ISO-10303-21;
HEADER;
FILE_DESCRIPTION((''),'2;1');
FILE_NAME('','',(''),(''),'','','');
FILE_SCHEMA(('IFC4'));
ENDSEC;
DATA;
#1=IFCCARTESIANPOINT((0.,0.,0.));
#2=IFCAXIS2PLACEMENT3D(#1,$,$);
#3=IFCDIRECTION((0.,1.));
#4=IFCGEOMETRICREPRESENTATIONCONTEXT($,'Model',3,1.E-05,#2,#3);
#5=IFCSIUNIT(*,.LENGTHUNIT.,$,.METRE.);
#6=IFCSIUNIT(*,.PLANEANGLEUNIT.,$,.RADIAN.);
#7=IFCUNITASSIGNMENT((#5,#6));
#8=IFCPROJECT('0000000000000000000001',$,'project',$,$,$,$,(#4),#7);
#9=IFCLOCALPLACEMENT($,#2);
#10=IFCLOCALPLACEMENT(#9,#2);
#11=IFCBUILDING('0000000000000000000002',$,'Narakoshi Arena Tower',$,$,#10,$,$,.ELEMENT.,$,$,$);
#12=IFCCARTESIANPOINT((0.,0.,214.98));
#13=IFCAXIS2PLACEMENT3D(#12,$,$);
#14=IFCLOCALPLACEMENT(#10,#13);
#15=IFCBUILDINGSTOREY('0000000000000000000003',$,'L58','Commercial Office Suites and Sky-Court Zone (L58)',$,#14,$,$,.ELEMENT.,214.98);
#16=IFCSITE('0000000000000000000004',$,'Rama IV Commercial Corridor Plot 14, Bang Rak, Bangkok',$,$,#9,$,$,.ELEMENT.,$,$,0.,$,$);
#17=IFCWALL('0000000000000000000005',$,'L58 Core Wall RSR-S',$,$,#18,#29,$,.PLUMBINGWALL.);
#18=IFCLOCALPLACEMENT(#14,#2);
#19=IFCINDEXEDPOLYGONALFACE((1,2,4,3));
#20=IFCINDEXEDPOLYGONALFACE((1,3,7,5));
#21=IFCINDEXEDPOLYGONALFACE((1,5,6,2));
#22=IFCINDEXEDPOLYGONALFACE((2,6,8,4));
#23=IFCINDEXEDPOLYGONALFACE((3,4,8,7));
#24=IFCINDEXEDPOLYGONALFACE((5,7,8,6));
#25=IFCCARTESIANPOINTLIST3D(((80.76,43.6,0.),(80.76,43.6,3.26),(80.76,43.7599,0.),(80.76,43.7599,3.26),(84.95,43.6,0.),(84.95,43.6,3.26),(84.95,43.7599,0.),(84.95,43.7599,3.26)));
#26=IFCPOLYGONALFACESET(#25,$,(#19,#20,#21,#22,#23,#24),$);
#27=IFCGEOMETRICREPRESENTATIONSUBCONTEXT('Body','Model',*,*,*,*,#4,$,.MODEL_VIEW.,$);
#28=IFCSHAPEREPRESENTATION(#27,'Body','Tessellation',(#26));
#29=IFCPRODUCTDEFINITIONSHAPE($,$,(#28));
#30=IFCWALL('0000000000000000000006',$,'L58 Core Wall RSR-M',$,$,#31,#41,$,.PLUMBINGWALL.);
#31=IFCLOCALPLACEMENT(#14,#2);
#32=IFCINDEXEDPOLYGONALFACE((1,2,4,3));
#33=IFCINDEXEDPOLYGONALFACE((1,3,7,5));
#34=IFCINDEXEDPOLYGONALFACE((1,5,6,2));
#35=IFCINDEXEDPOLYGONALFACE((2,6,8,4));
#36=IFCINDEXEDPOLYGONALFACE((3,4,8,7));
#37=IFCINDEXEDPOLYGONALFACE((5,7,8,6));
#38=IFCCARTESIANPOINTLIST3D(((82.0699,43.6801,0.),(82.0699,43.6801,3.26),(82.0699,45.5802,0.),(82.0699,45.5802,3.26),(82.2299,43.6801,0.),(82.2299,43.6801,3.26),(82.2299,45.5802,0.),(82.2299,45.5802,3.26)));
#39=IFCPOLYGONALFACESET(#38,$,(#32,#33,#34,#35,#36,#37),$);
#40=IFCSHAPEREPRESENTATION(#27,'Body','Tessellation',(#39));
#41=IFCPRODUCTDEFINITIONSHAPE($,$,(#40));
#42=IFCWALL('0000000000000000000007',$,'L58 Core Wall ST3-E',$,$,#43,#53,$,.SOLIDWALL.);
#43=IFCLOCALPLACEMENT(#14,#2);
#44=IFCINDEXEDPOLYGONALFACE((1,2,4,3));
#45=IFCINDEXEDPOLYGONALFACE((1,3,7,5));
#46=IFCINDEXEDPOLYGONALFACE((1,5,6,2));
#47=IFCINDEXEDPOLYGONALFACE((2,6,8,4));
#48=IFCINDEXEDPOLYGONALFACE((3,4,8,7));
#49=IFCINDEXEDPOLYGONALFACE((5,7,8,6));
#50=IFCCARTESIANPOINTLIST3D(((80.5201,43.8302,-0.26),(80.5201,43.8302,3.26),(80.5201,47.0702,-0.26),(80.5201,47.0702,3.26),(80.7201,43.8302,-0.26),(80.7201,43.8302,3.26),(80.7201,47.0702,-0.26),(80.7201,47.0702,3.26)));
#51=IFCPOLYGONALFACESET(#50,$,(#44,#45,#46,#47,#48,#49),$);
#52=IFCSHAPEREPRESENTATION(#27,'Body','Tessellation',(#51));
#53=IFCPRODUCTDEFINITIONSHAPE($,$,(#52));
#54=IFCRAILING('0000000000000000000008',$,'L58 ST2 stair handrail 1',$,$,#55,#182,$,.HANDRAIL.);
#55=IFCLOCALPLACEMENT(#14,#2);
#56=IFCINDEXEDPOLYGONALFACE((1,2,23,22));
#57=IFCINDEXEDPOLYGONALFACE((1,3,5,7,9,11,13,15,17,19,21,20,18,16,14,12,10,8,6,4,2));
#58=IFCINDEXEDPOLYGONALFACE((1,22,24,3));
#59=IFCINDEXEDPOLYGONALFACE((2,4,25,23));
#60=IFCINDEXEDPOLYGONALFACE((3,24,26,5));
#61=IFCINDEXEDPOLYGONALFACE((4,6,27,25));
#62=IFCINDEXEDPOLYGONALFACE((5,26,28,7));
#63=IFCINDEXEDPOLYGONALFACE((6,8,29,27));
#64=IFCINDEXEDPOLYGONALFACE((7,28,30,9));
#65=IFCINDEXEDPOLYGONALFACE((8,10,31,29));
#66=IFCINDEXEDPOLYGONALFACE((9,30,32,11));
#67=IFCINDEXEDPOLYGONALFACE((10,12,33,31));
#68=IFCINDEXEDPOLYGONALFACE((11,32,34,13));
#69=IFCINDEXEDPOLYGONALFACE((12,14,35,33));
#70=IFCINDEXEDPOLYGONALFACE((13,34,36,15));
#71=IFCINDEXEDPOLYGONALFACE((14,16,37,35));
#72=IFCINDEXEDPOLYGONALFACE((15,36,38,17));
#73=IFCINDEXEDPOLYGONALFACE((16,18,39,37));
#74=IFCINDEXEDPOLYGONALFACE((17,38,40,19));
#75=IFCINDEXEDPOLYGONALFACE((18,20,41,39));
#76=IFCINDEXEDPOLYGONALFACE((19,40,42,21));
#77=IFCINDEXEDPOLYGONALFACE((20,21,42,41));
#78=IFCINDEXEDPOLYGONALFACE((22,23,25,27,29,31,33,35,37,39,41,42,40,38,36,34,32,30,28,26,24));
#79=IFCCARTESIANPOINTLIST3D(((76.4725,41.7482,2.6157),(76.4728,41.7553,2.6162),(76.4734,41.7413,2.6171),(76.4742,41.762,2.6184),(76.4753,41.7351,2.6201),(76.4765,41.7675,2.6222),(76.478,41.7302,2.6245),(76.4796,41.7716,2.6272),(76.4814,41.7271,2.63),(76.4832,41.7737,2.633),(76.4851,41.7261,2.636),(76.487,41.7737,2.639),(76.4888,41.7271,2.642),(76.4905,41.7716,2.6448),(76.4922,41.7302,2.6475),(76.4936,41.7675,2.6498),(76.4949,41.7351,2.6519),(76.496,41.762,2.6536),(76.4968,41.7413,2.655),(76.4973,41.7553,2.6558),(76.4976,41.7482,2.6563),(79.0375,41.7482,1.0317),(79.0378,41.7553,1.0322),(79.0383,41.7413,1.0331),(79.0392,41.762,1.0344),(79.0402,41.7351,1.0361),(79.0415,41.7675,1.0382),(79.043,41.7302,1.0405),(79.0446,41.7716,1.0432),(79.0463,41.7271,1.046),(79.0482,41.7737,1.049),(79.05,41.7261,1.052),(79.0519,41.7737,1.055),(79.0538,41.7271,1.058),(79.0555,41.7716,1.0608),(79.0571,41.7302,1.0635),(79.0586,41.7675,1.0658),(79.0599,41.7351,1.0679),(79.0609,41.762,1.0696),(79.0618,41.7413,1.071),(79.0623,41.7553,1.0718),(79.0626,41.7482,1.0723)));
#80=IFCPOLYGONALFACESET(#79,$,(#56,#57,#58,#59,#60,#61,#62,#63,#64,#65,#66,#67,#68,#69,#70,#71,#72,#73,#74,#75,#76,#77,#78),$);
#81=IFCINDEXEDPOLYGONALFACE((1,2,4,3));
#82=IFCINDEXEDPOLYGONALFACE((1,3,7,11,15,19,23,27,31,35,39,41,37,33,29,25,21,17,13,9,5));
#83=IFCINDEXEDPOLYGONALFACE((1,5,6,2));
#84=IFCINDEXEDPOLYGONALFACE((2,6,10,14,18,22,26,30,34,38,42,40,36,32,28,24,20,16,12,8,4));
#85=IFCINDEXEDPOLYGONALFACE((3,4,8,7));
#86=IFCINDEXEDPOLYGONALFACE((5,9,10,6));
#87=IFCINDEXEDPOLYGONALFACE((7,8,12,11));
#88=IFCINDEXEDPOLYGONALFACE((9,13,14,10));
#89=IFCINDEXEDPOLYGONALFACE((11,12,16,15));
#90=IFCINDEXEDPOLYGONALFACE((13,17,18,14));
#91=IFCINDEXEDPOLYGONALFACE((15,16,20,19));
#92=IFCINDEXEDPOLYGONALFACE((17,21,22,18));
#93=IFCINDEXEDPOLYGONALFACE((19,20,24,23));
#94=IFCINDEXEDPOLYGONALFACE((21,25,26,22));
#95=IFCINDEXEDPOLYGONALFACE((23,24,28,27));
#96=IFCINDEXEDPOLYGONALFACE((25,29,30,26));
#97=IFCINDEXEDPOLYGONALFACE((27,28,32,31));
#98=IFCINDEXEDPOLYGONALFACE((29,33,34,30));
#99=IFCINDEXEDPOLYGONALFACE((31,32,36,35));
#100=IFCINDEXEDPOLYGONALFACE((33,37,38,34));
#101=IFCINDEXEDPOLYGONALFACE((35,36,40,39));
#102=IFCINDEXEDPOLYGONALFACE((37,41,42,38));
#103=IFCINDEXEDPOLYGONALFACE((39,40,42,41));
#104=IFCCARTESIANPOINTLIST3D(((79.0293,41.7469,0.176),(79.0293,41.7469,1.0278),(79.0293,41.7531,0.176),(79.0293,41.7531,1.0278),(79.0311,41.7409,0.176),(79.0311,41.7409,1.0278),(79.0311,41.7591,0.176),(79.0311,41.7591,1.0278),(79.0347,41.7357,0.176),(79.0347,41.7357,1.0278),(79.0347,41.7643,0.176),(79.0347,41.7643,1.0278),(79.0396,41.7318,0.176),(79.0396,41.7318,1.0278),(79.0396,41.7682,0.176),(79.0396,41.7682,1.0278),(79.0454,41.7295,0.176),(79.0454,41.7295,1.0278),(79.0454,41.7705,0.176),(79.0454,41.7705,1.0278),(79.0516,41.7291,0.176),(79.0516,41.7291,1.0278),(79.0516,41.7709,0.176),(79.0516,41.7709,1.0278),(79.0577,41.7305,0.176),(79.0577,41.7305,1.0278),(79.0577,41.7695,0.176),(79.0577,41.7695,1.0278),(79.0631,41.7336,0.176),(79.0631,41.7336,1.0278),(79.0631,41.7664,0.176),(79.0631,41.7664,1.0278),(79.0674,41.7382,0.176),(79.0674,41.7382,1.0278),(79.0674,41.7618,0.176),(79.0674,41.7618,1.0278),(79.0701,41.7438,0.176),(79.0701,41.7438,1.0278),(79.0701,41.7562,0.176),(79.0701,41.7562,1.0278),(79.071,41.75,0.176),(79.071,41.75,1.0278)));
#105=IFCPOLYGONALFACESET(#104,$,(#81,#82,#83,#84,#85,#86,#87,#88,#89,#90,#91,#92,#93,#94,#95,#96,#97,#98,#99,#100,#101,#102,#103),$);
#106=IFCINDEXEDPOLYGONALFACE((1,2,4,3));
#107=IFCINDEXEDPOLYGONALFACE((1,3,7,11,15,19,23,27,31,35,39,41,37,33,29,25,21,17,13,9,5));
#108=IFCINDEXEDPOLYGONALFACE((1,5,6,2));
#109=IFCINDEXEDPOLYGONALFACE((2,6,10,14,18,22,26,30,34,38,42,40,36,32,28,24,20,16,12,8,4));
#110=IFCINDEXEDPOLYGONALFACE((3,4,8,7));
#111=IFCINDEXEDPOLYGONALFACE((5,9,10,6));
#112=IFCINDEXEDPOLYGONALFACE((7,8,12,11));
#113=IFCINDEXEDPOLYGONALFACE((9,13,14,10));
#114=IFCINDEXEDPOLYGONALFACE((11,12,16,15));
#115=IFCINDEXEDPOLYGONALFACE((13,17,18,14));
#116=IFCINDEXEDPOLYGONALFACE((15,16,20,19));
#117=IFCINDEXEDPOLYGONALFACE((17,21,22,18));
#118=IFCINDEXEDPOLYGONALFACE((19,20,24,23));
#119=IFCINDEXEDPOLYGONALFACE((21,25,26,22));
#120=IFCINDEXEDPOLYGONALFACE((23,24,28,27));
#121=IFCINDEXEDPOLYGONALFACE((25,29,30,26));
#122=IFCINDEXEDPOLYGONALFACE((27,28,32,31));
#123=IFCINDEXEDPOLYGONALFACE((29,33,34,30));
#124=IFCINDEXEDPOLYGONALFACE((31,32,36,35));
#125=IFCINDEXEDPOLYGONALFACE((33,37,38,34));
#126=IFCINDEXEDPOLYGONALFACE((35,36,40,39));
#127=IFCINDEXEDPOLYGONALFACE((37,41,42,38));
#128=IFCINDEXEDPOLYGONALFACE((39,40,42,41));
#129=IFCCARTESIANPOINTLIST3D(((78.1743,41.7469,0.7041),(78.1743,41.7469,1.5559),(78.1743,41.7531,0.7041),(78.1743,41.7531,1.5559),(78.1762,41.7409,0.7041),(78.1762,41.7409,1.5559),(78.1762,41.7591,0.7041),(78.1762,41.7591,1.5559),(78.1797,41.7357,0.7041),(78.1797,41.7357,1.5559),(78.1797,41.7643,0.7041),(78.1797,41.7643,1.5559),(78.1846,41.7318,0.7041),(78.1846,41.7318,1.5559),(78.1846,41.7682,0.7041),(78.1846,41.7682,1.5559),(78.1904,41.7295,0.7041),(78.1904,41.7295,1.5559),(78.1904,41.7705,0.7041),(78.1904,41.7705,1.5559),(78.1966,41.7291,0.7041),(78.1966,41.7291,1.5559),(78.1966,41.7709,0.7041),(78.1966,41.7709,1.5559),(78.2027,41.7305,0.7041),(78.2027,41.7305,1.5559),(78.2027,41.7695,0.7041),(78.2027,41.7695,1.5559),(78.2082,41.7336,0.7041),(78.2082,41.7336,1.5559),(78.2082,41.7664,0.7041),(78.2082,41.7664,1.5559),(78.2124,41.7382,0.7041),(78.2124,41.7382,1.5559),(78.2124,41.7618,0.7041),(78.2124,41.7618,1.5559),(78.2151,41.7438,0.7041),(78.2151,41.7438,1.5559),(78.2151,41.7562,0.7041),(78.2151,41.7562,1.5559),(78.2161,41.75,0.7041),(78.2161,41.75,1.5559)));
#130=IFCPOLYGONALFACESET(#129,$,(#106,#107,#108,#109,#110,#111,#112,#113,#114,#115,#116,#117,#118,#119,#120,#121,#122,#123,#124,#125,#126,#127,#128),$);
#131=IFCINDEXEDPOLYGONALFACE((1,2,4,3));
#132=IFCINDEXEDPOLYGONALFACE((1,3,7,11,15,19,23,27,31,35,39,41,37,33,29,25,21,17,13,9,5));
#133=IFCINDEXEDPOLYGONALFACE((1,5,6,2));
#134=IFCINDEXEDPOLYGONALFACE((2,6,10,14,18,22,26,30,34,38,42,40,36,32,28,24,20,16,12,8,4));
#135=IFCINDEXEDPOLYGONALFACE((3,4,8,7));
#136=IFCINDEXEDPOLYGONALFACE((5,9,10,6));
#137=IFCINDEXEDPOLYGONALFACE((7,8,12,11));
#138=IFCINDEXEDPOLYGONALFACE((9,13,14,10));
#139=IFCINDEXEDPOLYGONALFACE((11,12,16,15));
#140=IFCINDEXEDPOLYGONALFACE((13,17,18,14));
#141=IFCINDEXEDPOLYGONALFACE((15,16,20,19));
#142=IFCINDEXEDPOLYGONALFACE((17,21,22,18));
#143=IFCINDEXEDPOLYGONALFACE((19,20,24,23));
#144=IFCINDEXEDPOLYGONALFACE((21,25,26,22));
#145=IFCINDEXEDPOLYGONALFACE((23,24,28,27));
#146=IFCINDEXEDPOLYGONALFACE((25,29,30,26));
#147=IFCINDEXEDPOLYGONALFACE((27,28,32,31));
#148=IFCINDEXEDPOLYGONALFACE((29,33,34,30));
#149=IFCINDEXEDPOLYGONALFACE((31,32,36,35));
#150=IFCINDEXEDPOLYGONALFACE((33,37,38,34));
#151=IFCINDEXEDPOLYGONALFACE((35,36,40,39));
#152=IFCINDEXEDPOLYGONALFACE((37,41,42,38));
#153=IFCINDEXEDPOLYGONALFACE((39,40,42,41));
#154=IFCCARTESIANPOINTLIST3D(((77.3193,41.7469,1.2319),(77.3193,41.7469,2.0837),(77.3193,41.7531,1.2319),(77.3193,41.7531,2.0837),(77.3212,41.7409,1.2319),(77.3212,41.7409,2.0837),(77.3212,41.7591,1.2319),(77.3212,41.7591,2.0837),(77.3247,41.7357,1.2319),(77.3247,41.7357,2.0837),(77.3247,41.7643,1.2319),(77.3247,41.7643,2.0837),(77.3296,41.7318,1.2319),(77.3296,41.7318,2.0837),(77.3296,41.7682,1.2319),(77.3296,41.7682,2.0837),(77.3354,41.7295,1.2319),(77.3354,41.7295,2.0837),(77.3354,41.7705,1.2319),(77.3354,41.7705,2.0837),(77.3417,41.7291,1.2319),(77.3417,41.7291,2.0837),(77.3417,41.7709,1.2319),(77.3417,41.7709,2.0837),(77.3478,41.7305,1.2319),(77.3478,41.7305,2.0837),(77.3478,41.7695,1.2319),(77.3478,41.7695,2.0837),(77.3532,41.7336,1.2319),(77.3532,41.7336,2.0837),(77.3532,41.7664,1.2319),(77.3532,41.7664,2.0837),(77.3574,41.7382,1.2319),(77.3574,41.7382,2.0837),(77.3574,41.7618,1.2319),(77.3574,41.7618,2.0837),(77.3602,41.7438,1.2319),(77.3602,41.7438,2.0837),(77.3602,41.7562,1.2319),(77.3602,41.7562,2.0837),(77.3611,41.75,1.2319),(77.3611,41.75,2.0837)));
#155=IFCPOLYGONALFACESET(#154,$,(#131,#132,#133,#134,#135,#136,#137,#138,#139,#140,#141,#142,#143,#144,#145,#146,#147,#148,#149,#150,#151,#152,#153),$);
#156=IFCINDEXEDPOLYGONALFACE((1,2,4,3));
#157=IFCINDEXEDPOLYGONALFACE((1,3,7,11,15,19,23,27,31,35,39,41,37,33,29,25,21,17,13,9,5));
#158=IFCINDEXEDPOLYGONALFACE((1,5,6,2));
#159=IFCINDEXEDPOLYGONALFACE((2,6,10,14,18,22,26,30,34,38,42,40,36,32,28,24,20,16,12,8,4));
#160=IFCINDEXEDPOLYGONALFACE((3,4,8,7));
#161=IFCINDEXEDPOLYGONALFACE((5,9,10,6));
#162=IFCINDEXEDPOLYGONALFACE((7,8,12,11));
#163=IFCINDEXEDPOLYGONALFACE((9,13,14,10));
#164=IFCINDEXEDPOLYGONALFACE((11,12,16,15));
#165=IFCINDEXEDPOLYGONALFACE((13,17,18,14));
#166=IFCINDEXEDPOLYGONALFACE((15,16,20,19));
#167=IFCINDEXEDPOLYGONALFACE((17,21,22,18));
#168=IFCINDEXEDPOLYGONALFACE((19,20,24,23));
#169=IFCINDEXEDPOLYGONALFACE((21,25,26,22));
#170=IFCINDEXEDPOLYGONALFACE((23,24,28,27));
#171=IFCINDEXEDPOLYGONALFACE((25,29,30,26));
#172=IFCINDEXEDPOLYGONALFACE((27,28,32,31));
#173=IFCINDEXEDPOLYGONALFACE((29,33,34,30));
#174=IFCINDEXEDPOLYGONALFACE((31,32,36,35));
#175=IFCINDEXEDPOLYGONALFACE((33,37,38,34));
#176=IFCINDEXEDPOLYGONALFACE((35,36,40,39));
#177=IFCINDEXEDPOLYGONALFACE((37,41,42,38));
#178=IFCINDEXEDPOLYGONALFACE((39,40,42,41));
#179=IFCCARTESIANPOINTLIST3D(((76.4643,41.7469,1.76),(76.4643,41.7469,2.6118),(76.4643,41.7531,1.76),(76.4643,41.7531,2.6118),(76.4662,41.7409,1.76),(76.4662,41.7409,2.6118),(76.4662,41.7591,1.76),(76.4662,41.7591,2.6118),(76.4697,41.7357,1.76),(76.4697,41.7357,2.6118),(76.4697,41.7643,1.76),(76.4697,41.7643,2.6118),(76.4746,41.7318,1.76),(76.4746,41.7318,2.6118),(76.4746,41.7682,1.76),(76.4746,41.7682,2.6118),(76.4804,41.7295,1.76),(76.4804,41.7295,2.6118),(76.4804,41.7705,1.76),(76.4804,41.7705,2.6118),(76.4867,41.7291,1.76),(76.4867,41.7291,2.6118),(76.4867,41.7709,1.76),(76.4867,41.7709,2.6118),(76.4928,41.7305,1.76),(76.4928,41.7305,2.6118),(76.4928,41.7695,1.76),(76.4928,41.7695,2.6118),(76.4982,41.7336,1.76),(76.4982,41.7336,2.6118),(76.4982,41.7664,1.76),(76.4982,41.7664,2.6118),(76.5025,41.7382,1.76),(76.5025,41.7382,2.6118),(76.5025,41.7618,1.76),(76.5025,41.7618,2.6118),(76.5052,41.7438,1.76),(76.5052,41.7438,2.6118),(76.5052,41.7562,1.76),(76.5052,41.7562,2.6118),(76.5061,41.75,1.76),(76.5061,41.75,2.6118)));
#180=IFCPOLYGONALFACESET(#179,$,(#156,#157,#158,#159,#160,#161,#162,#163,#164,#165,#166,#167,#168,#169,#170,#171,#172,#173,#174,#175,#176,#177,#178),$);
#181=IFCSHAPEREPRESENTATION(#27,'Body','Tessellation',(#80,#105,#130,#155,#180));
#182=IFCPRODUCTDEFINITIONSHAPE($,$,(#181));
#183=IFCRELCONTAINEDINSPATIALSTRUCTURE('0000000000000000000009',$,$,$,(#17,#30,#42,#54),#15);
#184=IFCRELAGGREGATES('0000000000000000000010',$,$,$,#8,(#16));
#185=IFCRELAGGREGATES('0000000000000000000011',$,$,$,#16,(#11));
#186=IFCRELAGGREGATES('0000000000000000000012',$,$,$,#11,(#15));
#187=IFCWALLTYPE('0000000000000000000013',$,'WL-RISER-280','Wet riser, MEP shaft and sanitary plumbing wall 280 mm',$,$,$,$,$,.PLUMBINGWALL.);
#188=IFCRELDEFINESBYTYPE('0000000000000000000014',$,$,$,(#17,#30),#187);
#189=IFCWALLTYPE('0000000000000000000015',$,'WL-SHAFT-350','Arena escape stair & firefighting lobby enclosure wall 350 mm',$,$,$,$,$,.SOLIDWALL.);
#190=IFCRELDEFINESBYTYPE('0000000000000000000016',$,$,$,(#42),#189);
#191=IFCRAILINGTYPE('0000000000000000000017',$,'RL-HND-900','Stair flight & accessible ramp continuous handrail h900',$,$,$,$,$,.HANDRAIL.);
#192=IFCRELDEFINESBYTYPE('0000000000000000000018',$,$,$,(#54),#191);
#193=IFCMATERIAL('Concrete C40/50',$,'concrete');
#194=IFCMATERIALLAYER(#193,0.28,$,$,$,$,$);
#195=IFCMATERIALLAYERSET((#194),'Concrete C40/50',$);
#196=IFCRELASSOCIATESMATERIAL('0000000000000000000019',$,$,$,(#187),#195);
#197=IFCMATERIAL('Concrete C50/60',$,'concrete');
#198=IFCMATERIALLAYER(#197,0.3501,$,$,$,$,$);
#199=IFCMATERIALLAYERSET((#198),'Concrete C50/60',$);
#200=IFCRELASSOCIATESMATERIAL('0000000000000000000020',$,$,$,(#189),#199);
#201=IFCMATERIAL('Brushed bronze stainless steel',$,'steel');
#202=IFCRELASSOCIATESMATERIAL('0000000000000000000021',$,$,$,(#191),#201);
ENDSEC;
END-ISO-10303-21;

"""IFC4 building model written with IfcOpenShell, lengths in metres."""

from ifc_helpers import new_model, si_unit, direction, frame, frame_2d, origin, origin_2d, place, context, subcontext, project, spatial, rectangle, circle, extrude, material, layer, layer_set, type_object, element, save


model = new_model("IFC4")

# Units and contexts
model_context = context("Model", 3, precision=1e-05, world=origin(), true_north=direction((0.0, 1.0)))
body_context = subcontext(model_context, "Body", "Model", "MODEL_VIEW")
ifc_project = project(units=[si_unit("LENGTHUNIT", "METRE"), si_unit("PLANEANGLEUNIT", "RADIAN")], contexts=[model_context])

# Site, building, storey
site_placement = place(None, origin())
site = spatial("IfcSite", under=ifc_project, at=site_placement, Name="Rama IV Commercial Corridor Plot 14, Bang Rak, Bangkok", CompositionType="ELEMENT", RefElevation=0.0)
building_placement = place(site_placement, origin())
building = spatial("IfcBuilding", under=site, at=building_placement, Name="Narakoshi Arena Tower", CompositionType="ELEMENT")
storey_placement = place(building_placement, frame((0.0, 0.0, 214.98)))
storey = spatial("IfcBuildingStorey", under=building, at=storey_placement, Name="L58", Description="Commercial Office Suites and Sky-Court Zone (L58)", CompositionType="ELEMENT", Elevation=214.98)

# Shared definitions
ifc_material_1 = material(Name="Concrete C50/60", Category="concrete")

# Shared definitions
ifc_material_2 = material(Name="Concrete C40/50", Category="concrete")
ifc_layer_1 = layer(ifc_material_2, 0.28)
ifc_layer_set_1 = layer_set([ifc_layer_1], Name="Concrete C40/50")
wall_type_1 = type_object("IfcWallType", Name="WL-RISER-280", Description="Wet riser, MEP shaft and sanitary plumbing wall 280 mm", PredefinedType="PLUMBINGWALL", material=ifc_layer_set_1)

# Walls
wall_1_placement = place(storey_placement, frame((80.76, 43.6799, 0.0), z_axis=(0.0, 0.0, 1.0), x_axis=(1.0, 0.0, 0.0)))
element("IfcWall", 1, at=wall_1_placement, inside=storey, type_object=wall_type_1, Name="L58 Core Wall RSR-S", PredefinedType="PLUMBINGWALL", context=body_context, shape_type="SweptSolid", body=[
    extrude(rectangle(XDim=4.1899, YDim=0.1599, at=frame_2d((2.095, 0.0))), origin(), (0.0, 0.0, 1.0), 3.26),
])
wall_2_placement = place(storey_placement, frame((82.1499, 43.6799, 0.0), z_axis=(0.0, 0.0, 1.0), x_axis=(0.0, 1.0, 0.0)))
element("IfcWall", 2, at=wall_2_placement, inside=storey, type_object=wall_type_1, Name="L58 Core Wall RSR-M", PredefinedType="PLUMBINGWALL", context=body_context, shape_type="SweptSolid", body=[
    extrude(rectangle(XDim=1.9001, YDim=0.1599, at=frame_2d((0.9502, 0.0))), origin(), (0.0, 0.0, 1.0), 3.26),
])
ifc_layer_2 = layer(ifc_material_1, 0.3501)
ifc_layer_set_2 = layer_set([ifc_layer_2], Name="Concrete C50/60")
wall_type_2 = type_object("IfcWallType", Name="WL-SHAFT-350", Description="Arena escape stair & firefighting lobby enclosure wall 350 mm", PredefinedType="SOLIDWALL", material=ifc_layer_set_2)
wall_3_placement = place(storey_placement, frame((80.6201, 43.8301, -0.26), z_axis=(0.0, 0.0, 1.0), x_axis=(0.0, 1.0, 0.0)))
element("IfcWall", 3, at=wall_3_placement, inside=storey, type_object=wall_type_2, Name="L58 Core Wall ST3-E", PredefinedType="SOLIDWALL", context=body_context, shape_type="SweptSolid", body=[
    extrude(rectangle(XDim=3.24, YDim=0.2, at=frame_2d((1.6201, 0.0))), origin(), (0.0, 0.0, 1.0), 3.52),
])

# Railing
ifc_material_3 = material(Name="Brushed bronze stainless steel", Category="steel")
railing_type = type_object("IfcRailingType", Name="RL-HND-900", Description="Stair flight & accessible ramp continuous handrail h900", PredefinedType="HANDRAIL", material=ifc_material_3)
railing_placement = place(storey_placement, frame((79.05, 41.75, 0.176)))
element("IfcRailing", 4, at=railing_placement, inside=storey, type_object=railing_type, Name="L58 ST2 stair handrail 1", PredefinedType="HANDRAIL", context=body_context, shape_type="SweptSolid", body=[
    extrude(circle(Radius=0.0239, at=origin_2d()), frame((0.0, 0.0, 0.876), z_axis=(-0.850834, 0.0, 0.525434), x_axis=(0.0, -1.0, 0.0)), (0.0, 0.0, 1.0), 3.0146),
    extrude(circle(Radius=0.021, at=origin_2d()), origin(), (0.0, 0.0, 1.0), 0.8518),
    extrude(circle(Radius=0.021, at=origin_2d()), frame((-0.855, 0.0, 0.5281)), (0.0, 0.0, 1.0), 0.8518),
    extrude(circle(Radius=0.021, at=origin_2d()), frame((-1.71, 0.0, 1.0559)), (0.0, 0.0, 1.0), 0.8518),
    extrude(circle(Radius=0.021, at=origin_2d()), frame((-2.5649, 0.0, 1.584)), (0.0, 0.0, 1.0), 0.8518),
])

save(model, "model.ifc")
